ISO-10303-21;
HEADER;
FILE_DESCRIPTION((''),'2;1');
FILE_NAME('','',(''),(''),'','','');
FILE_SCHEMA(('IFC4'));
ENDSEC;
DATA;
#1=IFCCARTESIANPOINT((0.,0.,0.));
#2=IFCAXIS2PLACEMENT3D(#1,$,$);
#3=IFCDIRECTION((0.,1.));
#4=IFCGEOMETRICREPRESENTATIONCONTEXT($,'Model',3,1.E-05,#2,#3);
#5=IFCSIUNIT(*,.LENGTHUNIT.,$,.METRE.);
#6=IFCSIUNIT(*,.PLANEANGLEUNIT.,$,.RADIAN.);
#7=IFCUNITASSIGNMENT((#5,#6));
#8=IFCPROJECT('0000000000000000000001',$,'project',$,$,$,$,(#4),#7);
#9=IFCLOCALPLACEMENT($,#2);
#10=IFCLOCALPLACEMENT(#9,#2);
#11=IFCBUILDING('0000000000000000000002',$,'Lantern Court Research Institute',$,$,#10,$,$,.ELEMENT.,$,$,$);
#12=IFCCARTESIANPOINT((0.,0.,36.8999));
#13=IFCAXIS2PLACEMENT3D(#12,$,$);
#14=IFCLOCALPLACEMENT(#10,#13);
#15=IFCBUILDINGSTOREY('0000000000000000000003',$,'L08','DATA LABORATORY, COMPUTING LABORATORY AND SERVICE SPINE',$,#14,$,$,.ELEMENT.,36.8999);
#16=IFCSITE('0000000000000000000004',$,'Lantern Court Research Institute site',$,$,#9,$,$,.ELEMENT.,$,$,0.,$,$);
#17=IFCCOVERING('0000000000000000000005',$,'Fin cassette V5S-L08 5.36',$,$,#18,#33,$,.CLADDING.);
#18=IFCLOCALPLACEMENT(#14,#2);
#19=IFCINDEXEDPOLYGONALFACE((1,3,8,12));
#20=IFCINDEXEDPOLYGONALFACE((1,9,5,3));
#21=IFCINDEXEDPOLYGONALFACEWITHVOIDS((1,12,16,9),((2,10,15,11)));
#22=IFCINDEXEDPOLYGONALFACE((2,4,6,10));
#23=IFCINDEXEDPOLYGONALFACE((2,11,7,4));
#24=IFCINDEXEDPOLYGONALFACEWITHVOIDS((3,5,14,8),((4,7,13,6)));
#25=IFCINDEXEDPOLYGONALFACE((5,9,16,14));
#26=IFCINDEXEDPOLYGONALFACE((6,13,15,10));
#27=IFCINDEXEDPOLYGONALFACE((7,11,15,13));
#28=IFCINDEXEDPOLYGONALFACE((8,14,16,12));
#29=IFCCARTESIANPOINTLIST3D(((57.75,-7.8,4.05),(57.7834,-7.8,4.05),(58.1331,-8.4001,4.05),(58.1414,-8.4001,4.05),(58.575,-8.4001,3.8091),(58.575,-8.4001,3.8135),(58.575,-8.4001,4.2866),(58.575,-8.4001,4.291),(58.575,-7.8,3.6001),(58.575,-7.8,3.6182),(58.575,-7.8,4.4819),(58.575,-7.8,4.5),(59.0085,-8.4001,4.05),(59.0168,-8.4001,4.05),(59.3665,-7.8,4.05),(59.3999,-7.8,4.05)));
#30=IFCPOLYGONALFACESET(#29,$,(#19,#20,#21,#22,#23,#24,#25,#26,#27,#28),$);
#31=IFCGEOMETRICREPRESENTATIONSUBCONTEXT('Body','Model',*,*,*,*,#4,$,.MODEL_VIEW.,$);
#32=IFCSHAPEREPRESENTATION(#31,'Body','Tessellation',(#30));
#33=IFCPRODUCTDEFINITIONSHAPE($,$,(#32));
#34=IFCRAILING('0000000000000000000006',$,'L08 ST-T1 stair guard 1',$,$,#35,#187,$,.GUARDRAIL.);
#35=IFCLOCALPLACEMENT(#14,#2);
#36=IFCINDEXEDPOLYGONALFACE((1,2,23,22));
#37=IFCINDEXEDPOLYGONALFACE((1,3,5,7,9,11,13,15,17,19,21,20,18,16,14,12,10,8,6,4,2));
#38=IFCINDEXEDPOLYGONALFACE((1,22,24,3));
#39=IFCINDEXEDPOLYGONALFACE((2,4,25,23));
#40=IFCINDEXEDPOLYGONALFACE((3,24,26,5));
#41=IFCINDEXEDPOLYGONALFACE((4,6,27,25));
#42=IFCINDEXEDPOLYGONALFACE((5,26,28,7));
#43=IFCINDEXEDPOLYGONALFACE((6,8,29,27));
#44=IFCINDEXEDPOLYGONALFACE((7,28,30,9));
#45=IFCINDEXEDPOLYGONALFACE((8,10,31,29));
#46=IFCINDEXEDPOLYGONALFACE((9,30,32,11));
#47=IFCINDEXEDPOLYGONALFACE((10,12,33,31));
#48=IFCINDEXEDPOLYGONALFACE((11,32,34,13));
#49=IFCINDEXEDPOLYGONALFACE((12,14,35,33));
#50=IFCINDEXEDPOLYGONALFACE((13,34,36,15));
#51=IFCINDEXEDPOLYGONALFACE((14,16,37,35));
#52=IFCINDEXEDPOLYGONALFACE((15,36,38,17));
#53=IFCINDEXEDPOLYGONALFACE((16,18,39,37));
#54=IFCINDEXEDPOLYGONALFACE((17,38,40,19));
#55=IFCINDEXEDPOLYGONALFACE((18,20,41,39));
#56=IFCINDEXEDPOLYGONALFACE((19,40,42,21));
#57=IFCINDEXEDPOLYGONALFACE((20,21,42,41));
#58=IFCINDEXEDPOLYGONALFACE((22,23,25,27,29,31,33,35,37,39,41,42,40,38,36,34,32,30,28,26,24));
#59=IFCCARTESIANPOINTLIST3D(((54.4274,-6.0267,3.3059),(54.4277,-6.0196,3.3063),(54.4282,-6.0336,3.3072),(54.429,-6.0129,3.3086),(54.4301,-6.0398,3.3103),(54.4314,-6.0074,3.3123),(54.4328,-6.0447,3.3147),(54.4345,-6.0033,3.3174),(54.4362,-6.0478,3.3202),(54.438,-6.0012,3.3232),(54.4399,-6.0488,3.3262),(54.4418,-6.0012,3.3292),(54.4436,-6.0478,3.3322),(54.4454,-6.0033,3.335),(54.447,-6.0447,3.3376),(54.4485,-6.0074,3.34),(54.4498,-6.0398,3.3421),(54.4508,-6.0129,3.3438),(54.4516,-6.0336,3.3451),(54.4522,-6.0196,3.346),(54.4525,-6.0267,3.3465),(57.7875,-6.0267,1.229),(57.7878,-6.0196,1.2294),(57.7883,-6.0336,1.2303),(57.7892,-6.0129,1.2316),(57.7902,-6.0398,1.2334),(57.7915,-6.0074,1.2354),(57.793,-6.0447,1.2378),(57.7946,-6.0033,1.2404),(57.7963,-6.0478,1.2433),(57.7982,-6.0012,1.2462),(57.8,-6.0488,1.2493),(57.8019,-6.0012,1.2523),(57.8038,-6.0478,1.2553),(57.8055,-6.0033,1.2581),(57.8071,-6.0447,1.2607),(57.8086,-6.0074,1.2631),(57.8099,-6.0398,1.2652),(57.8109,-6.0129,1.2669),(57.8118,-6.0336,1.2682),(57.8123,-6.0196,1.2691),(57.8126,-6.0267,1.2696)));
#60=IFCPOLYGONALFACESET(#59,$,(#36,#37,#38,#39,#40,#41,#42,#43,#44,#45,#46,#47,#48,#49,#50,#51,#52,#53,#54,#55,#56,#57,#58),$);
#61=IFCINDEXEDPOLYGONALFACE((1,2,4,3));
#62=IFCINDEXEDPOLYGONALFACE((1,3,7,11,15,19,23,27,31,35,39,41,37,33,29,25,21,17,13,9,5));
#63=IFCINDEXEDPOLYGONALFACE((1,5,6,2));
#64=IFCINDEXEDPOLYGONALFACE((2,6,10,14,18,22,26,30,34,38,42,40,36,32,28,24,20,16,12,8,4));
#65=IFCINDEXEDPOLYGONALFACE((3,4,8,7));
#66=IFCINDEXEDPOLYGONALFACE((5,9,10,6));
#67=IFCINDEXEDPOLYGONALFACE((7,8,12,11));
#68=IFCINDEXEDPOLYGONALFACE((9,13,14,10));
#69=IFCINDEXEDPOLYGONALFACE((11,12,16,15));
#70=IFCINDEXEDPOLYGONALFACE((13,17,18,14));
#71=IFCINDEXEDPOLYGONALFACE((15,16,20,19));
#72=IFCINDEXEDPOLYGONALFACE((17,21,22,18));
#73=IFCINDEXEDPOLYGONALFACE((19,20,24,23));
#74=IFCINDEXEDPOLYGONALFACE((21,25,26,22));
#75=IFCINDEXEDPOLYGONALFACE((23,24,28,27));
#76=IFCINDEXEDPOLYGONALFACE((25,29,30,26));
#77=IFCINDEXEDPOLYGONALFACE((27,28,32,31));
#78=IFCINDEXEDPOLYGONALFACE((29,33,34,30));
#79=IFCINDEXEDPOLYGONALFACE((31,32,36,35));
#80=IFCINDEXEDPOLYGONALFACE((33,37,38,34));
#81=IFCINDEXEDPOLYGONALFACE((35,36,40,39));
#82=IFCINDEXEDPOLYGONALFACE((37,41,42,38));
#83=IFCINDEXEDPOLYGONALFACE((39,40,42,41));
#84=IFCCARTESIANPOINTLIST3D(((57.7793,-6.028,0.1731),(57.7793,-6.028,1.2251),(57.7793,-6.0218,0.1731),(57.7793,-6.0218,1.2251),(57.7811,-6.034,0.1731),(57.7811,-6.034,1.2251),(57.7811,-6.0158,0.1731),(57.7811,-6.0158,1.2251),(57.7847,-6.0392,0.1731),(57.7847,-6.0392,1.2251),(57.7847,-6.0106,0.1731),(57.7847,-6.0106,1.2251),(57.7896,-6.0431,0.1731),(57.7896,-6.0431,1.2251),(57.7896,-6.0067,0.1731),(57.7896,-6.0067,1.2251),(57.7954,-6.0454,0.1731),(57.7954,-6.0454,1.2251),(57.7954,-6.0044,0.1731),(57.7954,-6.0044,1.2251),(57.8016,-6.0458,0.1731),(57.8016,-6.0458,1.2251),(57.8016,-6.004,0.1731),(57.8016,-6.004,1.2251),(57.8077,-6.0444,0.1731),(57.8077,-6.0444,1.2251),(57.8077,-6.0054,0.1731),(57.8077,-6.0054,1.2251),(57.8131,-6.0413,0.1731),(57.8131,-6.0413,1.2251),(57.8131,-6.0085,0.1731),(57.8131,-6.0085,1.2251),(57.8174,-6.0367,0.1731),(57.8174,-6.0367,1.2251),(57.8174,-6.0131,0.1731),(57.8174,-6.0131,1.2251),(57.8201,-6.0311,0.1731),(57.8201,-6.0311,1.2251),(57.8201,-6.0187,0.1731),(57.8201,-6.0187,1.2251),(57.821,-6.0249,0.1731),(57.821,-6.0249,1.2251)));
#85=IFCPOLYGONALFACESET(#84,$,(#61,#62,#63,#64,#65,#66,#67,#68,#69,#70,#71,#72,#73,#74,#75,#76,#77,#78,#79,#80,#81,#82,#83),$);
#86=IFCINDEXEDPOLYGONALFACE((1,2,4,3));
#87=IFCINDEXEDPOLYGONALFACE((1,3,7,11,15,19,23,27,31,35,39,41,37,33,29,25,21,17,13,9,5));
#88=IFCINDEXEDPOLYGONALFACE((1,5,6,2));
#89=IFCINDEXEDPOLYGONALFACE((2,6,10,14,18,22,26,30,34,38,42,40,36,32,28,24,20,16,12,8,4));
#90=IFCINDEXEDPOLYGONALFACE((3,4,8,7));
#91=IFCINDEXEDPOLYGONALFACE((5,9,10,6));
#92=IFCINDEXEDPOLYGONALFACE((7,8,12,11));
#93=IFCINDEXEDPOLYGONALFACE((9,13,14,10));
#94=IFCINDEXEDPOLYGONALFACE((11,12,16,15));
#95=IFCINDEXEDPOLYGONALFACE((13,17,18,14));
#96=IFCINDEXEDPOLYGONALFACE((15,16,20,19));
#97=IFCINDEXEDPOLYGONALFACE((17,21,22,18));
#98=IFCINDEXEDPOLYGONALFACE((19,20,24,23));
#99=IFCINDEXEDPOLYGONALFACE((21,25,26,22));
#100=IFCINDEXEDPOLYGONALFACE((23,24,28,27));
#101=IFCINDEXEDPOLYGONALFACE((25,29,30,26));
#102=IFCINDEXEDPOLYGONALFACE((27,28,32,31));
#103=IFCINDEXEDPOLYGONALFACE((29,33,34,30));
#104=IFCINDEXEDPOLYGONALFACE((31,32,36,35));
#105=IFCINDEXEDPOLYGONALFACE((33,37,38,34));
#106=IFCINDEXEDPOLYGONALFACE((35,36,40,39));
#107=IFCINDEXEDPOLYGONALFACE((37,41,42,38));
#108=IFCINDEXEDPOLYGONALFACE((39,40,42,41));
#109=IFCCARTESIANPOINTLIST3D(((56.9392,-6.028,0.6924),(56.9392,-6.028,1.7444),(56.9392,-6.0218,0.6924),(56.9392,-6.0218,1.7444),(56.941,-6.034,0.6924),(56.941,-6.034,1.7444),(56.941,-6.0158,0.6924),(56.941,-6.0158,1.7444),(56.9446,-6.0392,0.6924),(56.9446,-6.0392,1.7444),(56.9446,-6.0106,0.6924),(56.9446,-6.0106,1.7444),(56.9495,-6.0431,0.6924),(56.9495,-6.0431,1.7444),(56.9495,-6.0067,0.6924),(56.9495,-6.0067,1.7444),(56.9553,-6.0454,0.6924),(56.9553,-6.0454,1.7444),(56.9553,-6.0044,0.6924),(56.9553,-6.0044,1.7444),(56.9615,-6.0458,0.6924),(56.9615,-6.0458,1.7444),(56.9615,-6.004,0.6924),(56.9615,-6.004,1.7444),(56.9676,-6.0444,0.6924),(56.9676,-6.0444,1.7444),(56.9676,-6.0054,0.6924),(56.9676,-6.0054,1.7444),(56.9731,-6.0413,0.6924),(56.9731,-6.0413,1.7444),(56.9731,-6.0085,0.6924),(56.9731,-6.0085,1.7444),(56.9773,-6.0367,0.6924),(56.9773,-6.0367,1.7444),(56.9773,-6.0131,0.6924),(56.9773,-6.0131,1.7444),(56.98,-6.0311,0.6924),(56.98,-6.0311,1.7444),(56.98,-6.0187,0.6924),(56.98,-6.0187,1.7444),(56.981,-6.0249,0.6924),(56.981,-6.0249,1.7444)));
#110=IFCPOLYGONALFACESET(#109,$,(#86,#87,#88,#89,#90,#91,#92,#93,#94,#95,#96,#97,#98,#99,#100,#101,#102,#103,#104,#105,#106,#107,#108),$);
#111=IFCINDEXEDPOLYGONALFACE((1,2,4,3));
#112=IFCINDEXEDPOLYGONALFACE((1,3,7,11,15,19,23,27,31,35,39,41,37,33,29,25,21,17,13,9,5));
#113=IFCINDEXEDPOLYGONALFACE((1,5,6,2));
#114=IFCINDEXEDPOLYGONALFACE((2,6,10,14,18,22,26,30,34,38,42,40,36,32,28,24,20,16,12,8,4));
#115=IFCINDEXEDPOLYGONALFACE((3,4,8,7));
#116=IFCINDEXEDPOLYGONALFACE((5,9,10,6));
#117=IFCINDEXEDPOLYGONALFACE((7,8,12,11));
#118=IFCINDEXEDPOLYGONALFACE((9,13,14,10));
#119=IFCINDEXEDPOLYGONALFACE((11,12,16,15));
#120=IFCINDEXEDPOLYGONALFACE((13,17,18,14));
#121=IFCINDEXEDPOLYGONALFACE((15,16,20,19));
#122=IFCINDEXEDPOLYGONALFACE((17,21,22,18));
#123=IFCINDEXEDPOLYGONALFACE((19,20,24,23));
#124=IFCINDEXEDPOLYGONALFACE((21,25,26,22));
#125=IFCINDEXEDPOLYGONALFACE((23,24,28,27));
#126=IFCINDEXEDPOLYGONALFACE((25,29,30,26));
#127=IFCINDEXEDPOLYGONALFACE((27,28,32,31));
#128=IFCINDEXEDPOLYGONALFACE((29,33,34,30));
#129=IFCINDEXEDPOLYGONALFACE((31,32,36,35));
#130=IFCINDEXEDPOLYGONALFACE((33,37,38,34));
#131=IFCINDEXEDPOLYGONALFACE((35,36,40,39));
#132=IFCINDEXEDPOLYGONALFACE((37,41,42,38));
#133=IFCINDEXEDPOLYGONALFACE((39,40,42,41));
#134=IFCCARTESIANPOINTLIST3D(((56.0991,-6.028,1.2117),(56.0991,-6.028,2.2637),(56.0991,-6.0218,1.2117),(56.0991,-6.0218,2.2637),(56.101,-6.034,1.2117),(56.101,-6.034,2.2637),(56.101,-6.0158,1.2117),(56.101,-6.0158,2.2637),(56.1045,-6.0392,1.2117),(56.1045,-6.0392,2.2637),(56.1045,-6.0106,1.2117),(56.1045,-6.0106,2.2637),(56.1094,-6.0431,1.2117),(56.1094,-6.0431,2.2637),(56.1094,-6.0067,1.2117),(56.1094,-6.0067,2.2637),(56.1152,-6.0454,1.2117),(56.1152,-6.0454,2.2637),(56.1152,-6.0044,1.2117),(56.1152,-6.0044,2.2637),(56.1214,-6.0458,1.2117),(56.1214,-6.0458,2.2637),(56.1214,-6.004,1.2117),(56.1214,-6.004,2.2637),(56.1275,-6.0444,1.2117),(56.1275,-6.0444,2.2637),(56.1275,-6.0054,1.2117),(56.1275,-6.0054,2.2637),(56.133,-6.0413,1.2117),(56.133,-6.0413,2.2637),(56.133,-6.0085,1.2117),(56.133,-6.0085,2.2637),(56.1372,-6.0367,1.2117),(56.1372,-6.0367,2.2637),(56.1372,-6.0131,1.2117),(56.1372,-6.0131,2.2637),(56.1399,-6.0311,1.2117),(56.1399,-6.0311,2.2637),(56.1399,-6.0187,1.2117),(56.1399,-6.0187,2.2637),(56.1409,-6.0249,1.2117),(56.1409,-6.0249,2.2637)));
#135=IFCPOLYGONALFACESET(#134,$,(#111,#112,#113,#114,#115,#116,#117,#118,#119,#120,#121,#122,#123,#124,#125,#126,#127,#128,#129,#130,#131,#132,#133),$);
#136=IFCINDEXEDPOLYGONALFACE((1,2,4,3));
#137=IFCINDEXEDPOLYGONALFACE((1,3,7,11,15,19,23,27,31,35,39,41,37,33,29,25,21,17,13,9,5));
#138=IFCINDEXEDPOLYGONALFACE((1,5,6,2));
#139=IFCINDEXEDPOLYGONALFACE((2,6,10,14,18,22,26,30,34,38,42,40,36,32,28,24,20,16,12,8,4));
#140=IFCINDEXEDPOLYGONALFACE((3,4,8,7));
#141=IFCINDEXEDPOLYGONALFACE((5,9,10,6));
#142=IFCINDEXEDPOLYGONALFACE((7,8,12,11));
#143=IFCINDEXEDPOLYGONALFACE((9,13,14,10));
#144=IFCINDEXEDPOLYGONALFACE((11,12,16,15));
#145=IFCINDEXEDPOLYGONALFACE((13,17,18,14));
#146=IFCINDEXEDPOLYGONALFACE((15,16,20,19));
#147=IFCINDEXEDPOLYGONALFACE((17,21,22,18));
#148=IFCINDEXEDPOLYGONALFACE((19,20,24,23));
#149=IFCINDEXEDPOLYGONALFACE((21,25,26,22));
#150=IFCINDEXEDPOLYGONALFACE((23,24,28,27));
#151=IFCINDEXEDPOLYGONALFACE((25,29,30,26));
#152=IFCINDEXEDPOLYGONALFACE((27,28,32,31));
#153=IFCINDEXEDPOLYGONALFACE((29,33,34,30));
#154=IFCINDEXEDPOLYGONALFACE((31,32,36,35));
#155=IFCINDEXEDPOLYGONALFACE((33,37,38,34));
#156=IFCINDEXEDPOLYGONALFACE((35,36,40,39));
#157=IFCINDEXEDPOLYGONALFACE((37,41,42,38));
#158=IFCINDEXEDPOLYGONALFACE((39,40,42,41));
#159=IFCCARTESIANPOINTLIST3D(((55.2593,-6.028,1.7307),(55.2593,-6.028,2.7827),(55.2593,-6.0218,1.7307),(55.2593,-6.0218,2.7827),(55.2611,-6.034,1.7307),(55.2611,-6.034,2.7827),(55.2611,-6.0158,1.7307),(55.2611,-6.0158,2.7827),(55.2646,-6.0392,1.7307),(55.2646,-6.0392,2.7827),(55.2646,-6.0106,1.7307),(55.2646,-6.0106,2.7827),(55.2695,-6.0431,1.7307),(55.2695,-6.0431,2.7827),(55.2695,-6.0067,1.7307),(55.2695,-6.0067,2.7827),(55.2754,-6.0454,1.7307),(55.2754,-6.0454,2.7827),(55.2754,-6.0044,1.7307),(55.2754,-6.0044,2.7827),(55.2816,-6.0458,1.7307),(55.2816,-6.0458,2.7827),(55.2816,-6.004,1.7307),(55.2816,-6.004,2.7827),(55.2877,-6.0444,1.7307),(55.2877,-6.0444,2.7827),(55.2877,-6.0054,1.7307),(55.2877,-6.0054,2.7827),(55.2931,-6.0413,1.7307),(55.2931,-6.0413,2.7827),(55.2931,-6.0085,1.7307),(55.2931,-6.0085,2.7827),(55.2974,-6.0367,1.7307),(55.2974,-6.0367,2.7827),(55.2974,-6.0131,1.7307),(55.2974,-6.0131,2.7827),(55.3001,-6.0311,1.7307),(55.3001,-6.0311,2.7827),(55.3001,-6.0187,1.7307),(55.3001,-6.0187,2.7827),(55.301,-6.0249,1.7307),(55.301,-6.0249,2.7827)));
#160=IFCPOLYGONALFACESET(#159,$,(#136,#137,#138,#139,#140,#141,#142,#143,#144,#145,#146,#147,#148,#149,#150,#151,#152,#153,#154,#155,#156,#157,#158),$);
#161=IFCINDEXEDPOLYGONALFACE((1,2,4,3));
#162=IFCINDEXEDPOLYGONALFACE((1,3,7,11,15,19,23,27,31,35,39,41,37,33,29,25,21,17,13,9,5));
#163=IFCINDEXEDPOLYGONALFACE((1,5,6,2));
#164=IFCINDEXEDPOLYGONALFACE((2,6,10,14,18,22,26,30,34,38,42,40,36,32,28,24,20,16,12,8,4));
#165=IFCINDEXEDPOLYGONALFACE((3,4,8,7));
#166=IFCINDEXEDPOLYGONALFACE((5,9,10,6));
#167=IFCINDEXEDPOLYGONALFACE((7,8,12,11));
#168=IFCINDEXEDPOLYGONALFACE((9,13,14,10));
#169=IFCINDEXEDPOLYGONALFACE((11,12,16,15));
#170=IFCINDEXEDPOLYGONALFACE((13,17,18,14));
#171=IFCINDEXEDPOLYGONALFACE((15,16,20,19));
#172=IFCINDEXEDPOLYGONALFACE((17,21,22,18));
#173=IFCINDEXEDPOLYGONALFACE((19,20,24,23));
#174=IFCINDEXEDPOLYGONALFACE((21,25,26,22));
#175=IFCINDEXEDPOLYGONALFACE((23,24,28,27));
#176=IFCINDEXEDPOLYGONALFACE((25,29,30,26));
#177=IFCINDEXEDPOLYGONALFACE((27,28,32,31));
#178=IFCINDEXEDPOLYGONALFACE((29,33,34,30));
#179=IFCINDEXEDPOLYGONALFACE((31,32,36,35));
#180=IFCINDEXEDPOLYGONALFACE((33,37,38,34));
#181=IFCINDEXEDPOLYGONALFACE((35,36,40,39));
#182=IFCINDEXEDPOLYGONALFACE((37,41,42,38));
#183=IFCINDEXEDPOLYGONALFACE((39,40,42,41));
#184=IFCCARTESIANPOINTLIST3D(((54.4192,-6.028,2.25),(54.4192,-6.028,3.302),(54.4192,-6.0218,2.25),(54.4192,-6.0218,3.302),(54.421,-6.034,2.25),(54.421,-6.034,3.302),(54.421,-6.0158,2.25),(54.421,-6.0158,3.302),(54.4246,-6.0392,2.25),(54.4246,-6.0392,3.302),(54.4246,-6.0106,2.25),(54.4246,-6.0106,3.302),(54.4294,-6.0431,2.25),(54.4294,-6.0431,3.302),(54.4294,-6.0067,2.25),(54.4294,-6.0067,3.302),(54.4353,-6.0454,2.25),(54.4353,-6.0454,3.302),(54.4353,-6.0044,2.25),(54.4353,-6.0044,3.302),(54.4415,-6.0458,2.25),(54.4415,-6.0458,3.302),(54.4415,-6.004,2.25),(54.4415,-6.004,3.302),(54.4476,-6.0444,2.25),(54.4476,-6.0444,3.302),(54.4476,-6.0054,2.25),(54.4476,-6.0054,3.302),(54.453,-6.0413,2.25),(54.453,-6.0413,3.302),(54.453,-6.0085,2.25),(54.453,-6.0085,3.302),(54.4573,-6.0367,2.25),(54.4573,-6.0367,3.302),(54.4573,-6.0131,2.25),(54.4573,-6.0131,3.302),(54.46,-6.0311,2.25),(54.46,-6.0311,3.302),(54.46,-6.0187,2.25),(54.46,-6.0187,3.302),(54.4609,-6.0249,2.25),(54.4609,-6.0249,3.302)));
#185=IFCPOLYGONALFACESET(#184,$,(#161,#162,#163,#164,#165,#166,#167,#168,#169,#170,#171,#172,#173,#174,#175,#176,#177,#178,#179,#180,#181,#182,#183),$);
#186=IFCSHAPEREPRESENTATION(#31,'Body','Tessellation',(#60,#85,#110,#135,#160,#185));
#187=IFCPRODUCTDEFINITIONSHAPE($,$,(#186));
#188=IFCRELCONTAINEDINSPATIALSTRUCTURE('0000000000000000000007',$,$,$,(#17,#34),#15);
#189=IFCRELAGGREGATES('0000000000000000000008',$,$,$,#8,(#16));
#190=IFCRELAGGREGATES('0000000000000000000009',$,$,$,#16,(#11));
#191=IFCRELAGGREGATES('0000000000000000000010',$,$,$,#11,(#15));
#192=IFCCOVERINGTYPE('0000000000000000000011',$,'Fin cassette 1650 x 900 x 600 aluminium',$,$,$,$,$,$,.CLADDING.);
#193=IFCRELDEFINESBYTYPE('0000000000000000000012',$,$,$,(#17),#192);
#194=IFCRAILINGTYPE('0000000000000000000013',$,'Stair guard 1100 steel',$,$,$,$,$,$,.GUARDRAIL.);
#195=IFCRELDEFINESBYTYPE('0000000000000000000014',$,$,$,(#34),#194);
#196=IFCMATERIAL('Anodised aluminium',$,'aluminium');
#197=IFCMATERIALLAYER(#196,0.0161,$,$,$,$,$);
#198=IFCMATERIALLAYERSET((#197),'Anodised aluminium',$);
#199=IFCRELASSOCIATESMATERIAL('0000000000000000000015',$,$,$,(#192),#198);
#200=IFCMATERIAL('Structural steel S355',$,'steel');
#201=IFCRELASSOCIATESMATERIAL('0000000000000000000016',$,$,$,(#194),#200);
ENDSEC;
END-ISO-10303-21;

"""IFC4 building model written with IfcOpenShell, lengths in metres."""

from ifc_helpers import new_model, entity, si_unit, direction, frame, origin, origin_2d, place, context, subcontext, project, spatial, circle, extrude, material, layer, layer_set, type_object, element, save


model = new_model("IFC4")

# Units and contexts
model_context = context("Model", 3, precision=1e-05, world=origin(), true_north=direction((0.0, 1.0)))
body_context = subcontext(model_context, "Body", "Model", "MODEL_VIEW")
ifc_project = project(units=[si_unit("LENGTHUNIT", "METRE"), si_unit("PLANEANGLEUNIT", "RADIAN")], contexts=[model_context])

# Site, building, storey
site_placement = place(None, origin())
site = spatial("IfcSite", under=ifc_project, at=site_placement, Name="Lantern Court Research Institute site", CompositionType="ELEMENT", RefElevation=0.0)
building_placement = place(site_placement, origin())
building = spatial("IfcBuilding", under=site, at=building_placement, Name="Lantern Court Research Institute", CompositionType="ELEMENT")
storey_placement = place(building_placement, frame((0.0, 0.0, 36.8999)))
storey = spatial("IfcBuildingStorey", under=building, at=storey_placement, Name="L08", Description="DATA LABORATORY, COMPUTING LABORATORY AND SERVICE SPINE", CompositionType="ELEMENT", Elevation=36.8999)

# Covering
ifc_material_1 = material(Name="Anodised aluminium", Category="aluminium")
ifc_layer_1 = layer(ifc_material_1, 0.0161)
ifc_layer_set_1 = layer_set([ifc_layer_1], Name="Anodised aluminium")
covering_type = type_object("IfcCoveringType", Name="Fin cassette 1650 x 900 x 600 aluminium", PredefinedType="CLADDING", material=ifc_layer_set_1)
covering_1_placement = place(storey_placement, frame((58.575, -7.8, 4.05), z_axis=(0.0, -1.0, 0.0), x_axis=(1.0, 0.0, 0.0)))
cartesian_point_1 = entity("IfcCartesianPoint", [0.825, 0.0])
cartesian_point_2 = entity("IfcCartesianPoint", [0.7915, 0.0])
cartesian_point_3 = entity("IfcCartesianPoint", [0.4419, 0.0])
cartesian_point_4 = entity("IfcCartesianPoint", [0.4336, 0.0])
element("IfcCovering", 1, at=covering_1_placement, inside=storey, type_object=covering_type, Name="Fin cassette V5S-L08 5.36", PredefinedType="CLADDING", context=body_context, shape_type="SweptSolid", body=[
    entity("IfcExtrudedAreaSolidTapered", entity("IfcArbitraryProfileDefWithVoids", "AREA", None, entity("IfcPolyline", [cartesian_point_1, entity("IfcCartesianPoint", [0.0, 0.45]), entity("IfcCartesianPoint", [-0.825, 0.0]), entity("IfcCartesianPoint", [0.0, -0.45]), cartesian_point_1]), [entity("IfcPolyline", [cartesian_point_2, entity("IfcCartesianPoint", [0.0, 0.4319]), entity("IfcCartesianPoint", [-0.7915, 0.0]), entity("IfcCartesianPoint", [0.0, -0.4319]), cartesian_point_2])]), entity("IfcAxis2Placement3D", entity("IfcCartesianPoint", [0.0, 0.0, 0.0])), entity("IfcDirection", [0.0, 0.0, 1.0]), 0.6001, entity("IfcArbitraryProfileDefWithVoids", "AREA", None, entity("IfcPolyline", [cartesian_point_3, entity("IfcCartesianPoint", [0.0, 0.241]), entity("IfcCartesianPoint", [-0.4419, 0.0]), entity("IfcCartesianPoint", [0.0, -0.241]), cartesian_point_3]), [entity("IfcPolyline", [cartesian_point_4, entity("IfcCartesianPoint", [0.0, 0.2366]), entity("IfcCartesianPoint", [-0.4336, 0.0]), entity("IfcCartesianPoint", [0.0, -0.2366]), cartesian_point_4])])),
])

# Railing
ifc_material_2 = material(Name="Structural steel S355", Category="steel")
railing_type_1 = type_object("IfcRailingType", Name="Stair guard 1100 steel", PredefinedType="GUARDRAIL", material=ifc_material_2)
railing_1_placement = place(storey_placement, frame((57.8, -6.0249, 0.1731)))
element("IfcRailing", 2, at=railing_1_placement, inside=storey, type_object=railing_type_1, Name="L08 ST-T1 stair guard 1", PredefinedType="GUARDRAIL", context=body_context, shape_type="SweptSolid", body=[
    extrude(circle(Radius=0.0239, at=origin_2d()), frame((0.0, 0.0, 1.0762), z_axis=(-0.850623, 0.0, 0.525776), x_axis=(0.0, -1.0, 0.0)), (0.0, 0.0, 1.0), 3.9502),
    extrude(circle(Radius=0.021, at=origin_2d()), origin(), (0.0, 0.0, 1.0), 1.052),
    extrude(circle(Radius=0.021, at=origin_2d()), frame((-0.8401, 0.0, 0.5193)), (0.0, 0.0, 1.0), 1.052),
    extrude(circle(Radius=0.021, at=origin_2d()), frame((-1.6802, 0.0, 1.0386)), (0.0, 0.0, 1.0), 1.052),
    extrude(circle(Radius=0.021, at=origin_2d()), frame((-2.52, 0.0, 1.5576)), (0.0, 0.0, 1.0), 1.052),
    extrude(circle(Radius=0.021, at=origin_2d()), frame((-3.3601, 0.0, 2.0769)), (0.0, 0.0, 1.0), 1.052),
])

save(model, "model.ifc")
